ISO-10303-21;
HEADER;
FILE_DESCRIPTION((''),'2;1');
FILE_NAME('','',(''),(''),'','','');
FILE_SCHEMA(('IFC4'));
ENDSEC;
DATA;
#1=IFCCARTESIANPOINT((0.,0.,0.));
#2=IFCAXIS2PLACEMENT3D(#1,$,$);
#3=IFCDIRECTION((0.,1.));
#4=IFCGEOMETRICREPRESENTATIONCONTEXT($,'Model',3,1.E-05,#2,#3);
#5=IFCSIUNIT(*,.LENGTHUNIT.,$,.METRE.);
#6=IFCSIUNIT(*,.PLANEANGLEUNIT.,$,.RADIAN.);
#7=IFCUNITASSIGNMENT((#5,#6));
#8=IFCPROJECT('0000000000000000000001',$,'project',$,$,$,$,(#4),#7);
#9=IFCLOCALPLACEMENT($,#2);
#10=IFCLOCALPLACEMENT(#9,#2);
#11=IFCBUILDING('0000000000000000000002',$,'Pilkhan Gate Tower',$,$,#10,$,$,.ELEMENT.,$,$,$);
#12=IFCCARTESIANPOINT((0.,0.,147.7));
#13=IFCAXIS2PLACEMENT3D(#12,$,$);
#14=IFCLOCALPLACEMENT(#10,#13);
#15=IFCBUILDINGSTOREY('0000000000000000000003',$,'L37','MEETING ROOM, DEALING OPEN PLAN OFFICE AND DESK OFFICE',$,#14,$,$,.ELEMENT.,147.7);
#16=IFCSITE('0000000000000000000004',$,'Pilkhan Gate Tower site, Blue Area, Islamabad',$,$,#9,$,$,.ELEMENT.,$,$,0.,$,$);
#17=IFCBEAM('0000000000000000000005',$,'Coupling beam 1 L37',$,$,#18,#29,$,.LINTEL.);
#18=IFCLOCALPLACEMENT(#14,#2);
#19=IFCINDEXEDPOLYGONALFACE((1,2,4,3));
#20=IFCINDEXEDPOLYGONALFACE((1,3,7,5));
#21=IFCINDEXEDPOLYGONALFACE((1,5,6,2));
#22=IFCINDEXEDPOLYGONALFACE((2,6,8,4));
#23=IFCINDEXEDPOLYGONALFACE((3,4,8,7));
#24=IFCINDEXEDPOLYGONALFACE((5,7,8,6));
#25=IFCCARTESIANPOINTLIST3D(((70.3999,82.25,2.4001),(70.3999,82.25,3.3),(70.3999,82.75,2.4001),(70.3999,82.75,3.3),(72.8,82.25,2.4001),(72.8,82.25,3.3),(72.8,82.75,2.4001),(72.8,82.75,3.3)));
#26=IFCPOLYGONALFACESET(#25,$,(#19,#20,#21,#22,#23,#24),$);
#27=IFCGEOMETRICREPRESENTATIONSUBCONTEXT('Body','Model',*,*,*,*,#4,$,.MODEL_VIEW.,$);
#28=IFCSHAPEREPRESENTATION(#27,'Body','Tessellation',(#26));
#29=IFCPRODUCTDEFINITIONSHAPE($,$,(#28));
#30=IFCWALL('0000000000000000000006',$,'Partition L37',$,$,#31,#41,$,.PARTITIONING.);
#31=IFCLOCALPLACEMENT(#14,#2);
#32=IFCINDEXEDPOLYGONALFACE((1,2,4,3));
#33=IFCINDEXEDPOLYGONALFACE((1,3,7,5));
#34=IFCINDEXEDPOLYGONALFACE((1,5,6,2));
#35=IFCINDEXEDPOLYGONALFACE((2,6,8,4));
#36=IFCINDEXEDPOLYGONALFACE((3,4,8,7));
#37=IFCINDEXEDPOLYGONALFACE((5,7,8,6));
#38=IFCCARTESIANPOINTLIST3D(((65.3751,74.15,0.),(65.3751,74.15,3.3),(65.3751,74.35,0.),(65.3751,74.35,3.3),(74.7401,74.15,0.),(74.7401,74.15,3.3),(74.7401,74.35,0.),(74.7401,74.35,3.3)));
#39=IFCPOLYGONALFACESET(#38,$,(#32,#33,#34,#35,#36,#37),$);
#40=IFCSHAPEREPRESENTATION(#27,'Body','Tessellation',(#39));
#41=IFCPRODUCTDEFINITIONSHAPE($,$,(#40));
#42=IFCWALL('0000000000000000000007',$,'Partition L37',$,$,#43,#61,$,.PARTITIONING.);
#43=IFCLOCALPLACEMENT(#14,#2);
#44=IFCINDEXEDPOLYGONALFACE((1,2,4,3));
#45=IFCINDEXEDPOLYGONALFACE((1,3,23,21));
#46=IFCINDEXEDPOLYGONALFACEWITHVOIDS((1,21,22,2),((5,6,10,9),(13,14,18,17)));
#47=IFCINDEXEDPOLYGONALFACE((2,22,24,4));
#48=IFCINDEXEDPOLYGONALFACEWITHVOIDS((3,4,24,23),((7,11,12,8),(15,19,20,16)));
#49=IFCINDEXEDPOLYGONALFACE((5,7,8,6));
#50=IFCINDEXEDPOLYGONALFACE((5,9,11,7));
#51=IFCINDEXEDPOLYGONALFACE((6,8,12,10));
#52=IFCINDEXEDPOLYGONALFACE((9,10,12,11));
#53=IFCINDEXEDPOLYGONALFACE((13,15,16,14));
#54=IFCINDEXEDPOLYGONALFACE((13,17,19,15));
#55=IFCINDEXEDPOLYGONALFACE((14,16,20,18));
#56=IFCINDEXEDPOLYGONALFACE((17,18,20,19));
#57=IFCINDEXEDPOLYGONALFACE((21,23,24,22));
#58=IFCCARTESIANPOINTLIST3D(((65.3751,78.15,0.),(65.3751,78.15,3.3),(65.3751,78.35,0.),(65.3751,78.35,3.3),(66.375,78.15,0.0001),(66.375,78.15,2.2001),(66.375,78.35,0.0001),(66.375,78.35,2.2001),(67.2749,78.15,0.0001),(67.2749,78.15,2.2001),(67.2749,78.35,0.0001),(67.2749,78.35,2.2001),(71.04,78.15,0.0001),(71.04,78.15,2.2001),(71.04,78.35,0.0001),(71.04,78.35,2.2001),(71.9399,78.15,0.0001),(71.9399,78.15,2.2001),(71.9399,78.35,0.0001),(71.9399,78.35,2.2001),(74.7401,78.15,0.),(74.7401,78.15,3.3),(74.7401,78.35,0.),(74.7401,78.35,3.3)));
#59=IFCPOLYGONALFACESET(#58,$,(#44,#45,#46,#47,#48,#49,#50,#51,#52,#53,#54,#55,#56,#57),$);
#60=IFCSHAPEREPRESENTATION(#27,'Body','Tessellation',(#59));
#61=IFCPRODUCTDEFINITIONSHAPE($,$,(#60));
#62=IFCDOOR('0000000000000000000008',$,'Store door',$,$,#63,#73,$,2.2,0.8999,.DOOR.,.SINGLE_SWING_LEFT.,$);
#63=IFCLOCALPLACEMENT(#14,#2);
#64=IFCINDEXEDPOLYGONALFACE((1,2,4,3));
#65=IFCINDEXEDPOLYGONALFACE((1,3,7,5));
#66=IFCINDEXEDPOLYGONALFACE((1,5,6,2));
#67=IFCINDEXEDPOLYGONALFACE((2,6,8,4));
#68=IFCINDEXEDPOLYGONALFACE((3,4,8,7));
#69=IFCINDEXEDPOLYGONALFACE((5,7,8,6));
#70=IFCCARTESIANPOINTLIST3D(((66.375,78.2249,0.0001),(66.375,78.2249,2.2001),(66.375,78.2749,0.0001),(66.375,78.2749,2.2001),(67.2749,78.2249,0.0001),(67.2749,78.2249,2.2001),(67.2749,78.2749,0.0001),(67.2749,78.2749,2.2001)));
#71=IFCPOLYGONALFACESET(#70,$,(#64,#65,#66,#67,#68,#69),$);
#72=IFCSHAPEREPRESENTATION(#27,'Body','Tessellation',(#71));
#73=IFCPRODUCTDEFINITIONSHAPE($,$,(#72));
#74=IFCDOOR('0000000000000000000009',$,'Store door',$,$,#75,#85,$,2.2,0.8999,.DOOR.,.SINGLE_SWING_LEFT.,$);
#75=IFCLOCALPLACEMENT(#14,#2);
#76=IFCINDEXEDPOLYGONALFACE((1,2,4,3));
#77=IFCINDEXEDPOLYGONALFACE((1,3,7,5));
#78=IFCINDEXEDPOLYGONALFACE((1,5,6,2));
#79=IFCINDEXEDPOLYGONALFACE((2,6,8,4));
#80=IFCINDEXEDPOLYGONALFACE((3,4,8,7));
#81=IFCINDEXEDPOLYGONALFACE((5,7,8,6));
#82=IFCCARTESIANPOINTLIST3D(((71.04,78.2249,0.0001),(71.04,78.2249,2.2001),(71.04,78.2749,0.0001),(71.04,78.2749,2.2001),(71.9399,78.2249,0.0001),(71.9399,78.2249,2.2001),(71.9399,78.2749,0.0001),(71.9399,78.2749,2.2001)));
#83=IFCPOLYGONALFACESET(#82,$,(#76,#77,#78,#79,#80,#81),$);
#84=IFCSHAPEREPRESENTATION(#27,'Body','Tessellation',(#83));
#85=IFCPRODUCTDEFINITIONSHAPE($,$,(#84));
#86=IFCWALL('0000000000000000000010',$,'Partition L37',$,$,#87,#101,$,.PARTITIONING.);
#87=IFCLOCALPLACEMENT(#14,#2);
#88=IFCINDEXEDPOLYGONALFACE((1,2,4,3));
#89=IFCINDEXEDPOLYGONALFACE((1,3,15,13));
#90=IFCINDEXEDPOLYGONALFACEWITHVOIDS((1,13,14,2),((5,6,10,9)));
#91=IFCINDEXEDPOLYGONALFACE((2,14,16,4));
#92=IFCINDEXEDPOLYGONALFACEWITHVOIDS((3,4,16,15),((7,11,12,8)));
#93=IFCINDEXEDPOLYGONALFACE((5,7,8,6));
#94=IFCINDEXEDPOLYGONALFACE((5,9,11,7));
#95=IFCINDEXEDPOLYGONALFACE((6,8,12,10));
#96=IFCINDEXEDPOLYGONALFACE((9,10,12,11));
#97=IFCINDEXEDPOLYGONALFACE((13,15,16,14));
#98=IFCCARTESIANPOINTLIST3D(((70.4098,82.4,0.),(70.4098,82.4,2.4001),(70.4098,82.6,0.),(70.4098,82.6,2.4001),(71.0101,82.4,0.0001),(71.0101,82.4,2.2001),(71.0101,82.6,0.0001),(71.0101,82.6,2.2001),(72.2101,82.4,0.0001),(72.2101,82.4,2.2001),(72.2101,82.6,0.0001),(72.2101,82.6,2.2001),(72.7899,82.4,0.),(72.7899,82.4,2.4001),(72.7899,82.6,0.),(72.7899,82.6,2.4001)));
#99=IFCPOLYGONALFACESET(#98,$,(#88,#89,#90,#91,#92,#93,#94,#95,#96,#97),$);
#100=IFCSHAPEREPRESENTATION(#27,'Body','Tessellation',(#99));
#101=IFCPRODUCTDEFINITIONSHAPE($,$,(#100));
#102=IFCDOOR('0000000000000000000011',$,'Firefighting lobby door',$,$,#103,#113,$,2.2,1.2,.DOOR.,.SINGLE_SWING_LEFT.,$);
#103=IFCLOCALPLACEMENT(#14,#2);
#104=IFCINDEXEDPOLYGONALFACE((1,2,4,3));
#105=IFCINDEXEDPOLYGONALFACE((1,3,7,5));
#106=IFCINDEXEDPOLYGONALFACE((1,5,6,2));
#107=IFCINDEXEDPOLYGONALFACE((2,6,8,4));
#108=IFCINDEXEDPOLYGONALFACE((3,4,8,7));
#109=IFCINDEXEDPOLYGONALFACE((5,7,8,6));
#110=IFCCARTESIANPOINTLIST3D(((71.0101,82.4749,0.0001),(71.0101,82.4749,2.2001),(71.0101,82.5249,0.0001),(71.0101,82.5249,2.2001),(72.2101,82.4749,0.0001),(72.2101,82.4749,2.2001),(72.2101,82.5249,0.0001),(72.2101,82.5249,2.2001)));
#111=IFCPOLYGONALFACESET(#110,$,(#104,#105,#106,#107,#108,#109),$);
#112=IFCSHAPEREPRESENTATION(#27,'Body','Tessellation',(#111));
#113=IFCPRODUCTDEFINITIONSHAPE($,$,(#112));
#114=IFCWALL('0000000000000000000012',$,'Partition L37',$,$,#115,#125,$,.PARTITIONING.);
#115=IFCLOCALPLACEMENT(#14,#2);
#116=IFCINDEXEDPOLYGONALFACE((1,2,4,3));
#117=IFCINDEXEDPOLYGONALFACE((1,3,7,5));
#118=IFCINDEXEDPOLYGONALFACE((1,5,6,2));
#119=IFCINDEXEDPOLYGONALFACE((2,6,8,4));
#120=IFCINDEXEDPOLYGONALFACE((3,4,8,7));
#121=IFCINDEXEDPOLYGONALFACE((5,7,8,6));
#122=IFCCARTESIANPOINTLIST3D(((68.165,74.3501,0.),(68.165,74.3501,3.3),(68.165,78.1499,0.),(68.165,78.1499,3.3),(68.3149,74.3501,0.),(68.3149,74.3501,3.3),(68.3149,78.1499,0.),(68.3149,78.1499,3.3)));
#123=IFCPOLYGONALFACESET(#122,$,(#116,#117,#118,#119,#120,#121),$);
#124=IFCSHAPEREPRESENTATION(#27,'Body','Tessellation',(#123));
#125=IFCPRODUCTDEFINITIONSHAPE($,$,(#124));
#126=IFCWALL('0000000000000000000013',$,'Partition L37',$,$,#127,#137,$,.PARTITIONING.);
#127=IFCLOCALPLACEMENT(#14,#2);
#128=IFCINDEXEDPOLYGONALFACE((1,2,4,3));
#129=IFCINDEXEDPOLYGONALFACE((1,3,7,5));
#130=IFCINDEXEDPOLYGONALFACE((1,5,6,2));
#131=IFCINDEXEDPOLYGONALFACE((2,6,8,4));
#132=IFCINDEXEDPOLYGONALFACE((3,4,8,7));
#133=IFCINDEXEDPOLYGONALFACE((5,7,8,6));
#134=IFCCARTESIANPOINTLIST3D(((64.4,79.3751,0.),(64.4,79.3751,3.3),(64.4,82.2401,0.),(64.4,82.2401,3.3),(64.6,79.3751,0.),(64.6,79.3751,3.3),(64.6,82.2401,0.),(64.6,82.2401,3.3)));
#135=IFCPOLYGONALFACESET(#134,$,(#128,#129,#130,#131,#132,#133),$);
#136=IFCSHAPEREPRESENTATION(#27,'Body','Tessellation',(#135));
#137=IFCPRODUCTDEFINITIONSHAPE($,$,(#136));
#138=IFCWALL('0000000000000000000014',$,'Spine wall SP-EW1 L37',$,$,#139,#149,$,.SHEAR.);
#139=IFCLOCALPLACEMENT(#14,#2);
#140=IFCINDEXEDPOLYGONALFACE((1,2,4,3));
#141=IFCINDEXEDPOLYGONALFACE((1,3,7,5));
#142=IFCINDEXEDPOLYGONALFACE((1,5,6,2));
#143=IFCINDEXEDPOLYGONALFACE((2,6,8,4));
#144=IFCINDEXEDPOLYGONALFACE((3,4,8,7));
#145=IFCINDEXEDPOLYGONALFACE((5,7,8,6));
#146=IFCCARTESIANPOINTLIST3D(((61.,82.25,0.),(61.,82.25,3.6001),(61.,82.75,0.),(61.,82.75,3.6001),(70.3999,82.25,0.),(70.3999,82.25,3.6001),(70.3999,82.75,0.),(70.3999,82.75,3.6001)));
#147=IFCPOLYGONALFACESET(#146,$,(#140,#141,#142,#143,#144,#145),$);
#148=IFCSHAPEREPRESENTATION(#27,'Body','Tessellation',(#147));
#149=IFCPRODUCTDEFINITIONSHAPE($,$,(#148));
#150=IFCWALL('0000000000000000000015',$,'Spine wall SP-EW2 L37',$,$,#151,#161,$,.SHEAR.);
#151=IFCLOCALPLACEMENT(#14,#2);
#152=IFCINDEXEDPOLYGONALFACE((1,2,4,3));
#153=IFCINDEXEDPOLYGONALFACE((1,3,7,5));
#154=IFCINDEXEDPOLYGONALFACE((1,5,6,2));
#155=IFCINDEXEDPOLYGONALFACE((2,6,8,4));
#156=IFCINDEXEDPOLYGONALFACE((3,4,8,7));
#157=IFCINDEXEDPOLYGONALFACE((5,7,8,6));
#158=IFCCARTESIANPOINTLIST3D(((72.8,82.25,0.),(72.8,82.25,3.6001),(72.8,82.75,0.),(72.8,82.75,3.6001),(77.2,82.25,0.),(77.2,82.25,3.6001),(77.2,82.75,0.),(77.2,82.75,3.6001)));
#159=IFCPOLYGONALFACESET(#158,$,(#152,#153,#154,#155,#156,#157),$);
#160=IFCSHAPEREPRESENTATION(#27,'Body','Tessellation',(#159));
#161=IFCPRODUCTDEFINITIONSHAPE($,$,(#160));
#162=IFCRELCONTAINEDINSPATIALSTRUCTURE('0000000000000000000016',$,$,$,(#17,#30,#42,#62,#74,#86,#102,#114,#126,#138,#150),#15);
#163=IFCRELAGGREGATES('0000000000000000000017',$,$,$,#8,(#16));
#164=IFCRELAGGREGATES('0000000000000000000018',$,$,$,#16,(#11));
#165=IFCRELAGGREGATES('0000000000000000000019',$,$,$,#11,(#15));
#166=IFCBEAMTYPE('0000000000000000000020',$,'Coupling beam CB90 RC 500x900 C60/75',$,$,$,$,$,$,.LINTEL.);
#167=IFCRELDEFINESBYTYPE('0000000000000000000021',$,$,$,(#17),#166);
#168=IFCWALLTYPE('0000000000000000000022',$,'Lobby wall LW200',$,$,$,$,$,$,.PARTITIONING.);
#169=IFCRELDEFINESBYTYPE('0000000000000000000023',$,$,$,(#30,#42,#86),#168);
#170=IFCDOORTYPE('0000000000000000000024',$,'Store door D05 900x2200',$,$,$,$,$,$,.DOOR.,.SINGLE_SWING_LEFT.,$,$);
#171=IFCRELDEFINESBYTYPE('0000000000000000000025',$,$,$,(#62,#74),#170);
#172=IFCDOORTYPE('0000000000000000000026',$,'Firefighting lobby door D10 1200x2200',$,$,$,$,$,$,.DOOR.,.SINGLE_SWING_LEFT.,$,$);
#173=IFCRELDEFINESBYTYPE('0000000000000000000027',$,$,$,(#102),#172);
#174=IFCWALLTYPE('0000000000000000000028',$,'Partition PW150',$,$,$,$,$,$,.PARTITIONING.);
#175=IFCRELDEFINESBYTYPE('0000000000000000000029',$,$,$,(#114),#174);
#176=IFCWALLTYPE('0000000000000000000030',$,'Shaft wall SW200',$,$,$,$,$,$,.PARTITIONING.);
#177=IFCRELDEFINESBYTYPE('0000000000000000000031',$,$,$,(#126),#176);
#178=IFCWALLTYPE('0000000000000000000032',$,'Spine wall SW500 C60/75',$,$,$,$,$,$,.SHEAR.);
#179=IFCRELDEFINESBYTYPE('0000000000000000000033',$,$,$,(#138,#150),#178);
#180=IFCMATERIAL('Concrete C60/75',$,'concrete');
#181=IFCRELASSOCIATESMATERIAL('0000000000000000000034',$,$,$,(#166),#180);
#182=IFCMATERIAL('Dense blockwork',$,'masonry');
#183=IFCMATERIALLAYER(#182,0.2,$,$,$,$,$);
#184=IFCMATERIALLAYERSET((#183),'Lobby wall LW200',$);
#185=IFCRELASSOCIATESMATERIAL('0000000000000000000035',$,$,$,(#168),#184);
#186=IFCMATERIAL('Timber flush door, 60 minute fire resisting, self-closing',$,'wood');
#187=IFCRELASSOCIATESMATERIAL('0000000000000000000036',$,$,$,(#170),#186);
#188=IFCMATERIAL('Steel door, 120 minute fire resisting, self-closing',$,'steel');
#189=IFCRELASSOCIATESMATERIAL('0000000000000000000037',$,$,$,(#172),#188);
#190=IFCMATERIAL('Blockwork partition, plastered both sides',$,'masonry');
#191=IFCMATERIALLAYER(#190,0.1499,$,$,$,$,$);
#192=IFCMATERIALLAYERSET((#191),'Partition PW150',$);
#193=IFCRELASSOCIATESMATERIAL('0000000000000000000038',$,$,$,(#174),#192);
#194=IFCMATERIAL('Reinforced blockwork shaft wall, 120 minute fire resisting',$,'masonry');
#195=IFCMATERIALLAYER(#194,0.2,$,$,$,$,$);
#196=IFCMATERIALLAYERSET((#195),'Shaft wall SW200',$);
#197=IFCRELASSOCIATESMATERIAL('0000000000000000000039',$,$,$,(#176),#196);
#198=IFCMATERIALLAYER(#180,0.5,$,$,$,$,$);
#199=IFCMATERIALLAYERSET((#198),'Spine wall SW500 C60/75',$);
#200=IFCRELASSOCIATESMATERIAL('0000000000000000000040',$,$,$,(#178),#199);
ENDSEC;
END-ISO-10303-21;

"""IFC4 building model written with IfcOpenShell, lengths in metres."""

from ifc_helpers import new_model, si_unit, direction, frame, frame_2d, origin, origin_2d, place, context, subcontext, project, spatial, rectangle, extrude, material, layer, layer_set, material_profile, profile_set, type_object, element, fill, save


model = new_model("IFC4")

# Units and contexts
model_context = context("Model", 3, precision=1e-05, world=origin(), true_north=direction((0.0, 1.0)))
body_context = subcontext(model_context, "Body", "Model", "MODEL_VIEW")
ifc_project = project(units=[si_unit("LENGTHUNIT", "METRE"), si_unit("PLANEANGLEUNIT", "RADIAN")], contexts=[model_context])

# Site, building, storey
site_placement = place(None, origin())
site = spatial("IfcSite", under=ifc_project, at=site_placement, Name="Pilkhan Gate Tower site, Blue Area, Islamabad", CompositionType="ELEMENT", RefElevation=0.0)
building_placement = place(site_placement, origin())
building = spatial("IfcBuilding", under=site, at=building_placement, Name="Pilkhan Gate Tower", CompositionType="ELEMENT")
storey_placement = place(building_placement, frame((0.0, 0.0, 147.7)))
storey = spatial("IfcBuildingStorey", under=building, at=storey_placement, Name="L37", Description="MEETING ROOM, DEALING OPEN PLAN OFFICE AND DESK OFFICE", CompositionType="ELEMENT", Elevation=147.7)

# Beam
ifc_material_1 = material(Name="Concrete C60/75", Category="concrete")
ifc_material_profile = material_profile(ifc_material_1, rectangle(XDim=0.5, YDim=0.8999, at=origin_2d()), Name="RC 500x900")
ifc_profile_set = profile_set([ifc_material_profile], Name="Concrete C60/75")
beam_type = type_object("IfcBeamType", Name="Coupling beam CB90 RC 500x900 C60/75", PredefinedType="LINTEL", material=ifc_profile_set)
beam_placement = place(storey_placement, frame((70.3999, 82.5, 2.8501), z_axis=(1.0, 0.0, 0.0), x_axis=(0.0, 1.0, 0.0)))
element("IfcBeam", 1, at=beam_placement, inside=storey, type_object=beam_type, Name="Coupling beam 1 L37", PredefinedType="LINTEL", context=body_context, shape_type="SweptSolid", body=[
    extrude(rectangle(XDim=0.5, YDim=0.8999, at=origin_2d()), origin(), (0.0, 0.0, 1.0), 2.4001),
])

# Wall
ifc_material_2 = material(Name="Dense blockwork", Category="masonry")
ifc_layer_1 = layer(ifc_material_2, 0.2)
ifc_layer_set_1 = layer_set([ifc_layer_1], Name="Lobby wall LW200")
wall_type_1 = type_object("IfcWallType", Name="Lobby wall LW200", PredefinedType="PARTITIONING", material=ifc_layer_set_1)
wall_1_placement = place(storey_placement, frame((65.375, 74.25, 0.0), z_axis=(0.0, 0.0, 1.0), x_axis=(1.0, 0.0, 0.0)))
element("IfcWall", 2, at=wall_1_placement, inside=storey, type_object=wall_type_1, Name="Partition L37", PredefinedType="PARTITIONING", context=body_context, shape_type="SweptSolid", body=[
    extrude(rectangle(XDim=9.365, YDim=0.2, at=frame_2d((4.6826, 0.0))), origin(), (0.0, 0.0, 1.0), 3.3),
])

# Wall, openings, doors
wall_2_placement = place(storey_placement, frame((65.375, 78.25, 0.0), z_axis=(0.0, 0.0, 1.0), x_axis=(1.0, 0.0, 0.0)))
wall_2 = element("IfcWall", 3, at=wall_2_placement, inside=storey, type_object=wall_type_1, Name="Partition L37", PredefinedType="PARTITIONING", context=body_context, shape_type="SweptSolid", body=[
    extrude(rectangle(XDim=9.365, YDim=0.2, at=frame_2d((4.6826, 0.0))), origin(), (0.0, 0.0, 1.0), 3.3),
])
opening_1_placement = place(wall_2_placement, frame((1.0, 0.0, 0.0)))
opening_1 = element("IfcOpeningElement", 4, at=opening_1_placement, cuts=wall_2, PredefinedType="OPENING", context=body_context, shape_type="SweptSolid", body=[
    extrude(rectangle(XDim=0.8999, YDim=2.2, at=frame_2d((0.45, 1.1001))), frame((0.0, 0.1099, 0.0), z_axis=(0.0, -1.0, 0.0), x_axis=(1.0, 0.0, 0.0)), (0.0, 0.0, 1.0), 0.22),
])
opening_2_placement = place(wall_2_placement, frame((5.665, 0.0, 0.0)))
opening_2 = element("IfcOpeningElement", 5, at=opening_2_placement, cuts=wall_2, PredefinedType="OPENING", context=body_context, shape_type="SweptSolid", body=[
    extrude(rectangle(XDim=0.8999, YDim=2.2, at=frame_2d((0.45, 1.1001))), frame((0.0, 0.1099, 0.0), z_axis=(0.0, -1.0, 0.0), x_axis=(1.0, 0.0, 0.0)), (0.0, 0.0, 1.0), 0.22),
])
ifc_material_3 = material(Name="Timber flush door, 60 minute fire resisting, self-closing", Category="wood")
door_type_1 = type_object("IfcDoorType", Name="Store door D05 900x2200", OperationType="SINGLE_SWING_LEFT", PredefinedType="DOOR", material=ifc_material_3)
door_1_placement = place(opening_1_placement, origin())
door_1 = element("IfcDoor", 6, at=door_1_placement, inside=storey, type_object=door_type_1, Name="Store door", OperationType="SINGLE_SWING_LEFT", OverallHeight=2.2, OverallWidth=0.8999, PredefinedType="DOOR", context=body_context, shape_type="SweptSolid", body=[
    extrude(rectangle(XDim=0.8999, YDim=2.2, at=frame_2d((0.45, 1.1001))), frame((0.0, 0.0249, 0.0), z_axis=(0.0, -1.0, 0.0), x_axis=(1.0, 0.0, 0.0)), (0.0, 0.0, 1.0), 0.05),
])
fill(opening_1, door_1)
door_2_placement = place(opening_2_placement, origin())
door_2 = element("IfcDoor", 7, at=door_2_placement, inside=storey, type_object=door_type_1, Name="Store door", OperationType="SINGLE_SWING_LEFT", OverallHeight=2.2, OverallWidth=0.8999, PredefinedType="DOOR", context=body_context, shape_type="SweptSolid", body=[
    extrude(rectangle(XDim=0.8999, YDim=2.2, at=frame_2d((0.45, 1.1001))), frame((0.0, 0.0249, 0.0), z_axis=(0.0, -1.0, 0.0), x_axis=(1.0, 0.0, 0.0)), (0.0, 0.0, 1.0), 0.05),
])
fill(opening_2, door_2)

# Wall, opening, door
wall_3_placement = place(storey_placement, frame((70.4099, 82.5, 0.0), z_axis=(0.0, 0.0, 1.0), x_axis=(1.0, 0.0, 0.0)))
wall_3 = element("IfcWall", 8, at=wall_3_placement, inside=storey, type_object=wall_type_1, Name="Partition L37", PredefinedType="PARTITIONING", context=body_context, shape_type="SweptSolid", body=[
    extrude(rectangle(XDim=2.3801, YDim=0.2, at=frame_2d((1.1899, 0.0))), origin(), (0.0, 0.0, 1.0), 2.4001),
])
opening_3_placement = place(wall_3_placement, frame((0.6001, 0.0, 0.0)))
opening_3 = element("IfcOpeningElement", 9, at=opening_3_placement, cuts=wall_3, PredefinedType="OPENING", context=body_context, shape_type="SweptSolid", body=[
    extrude(rectangle(XDim=1.2, YDim=2.2, at=frame_2d((0.6001, 1.1001))), frame((0.0, 0.1099, 0.0), z_axis=(0.0, -1.0, 0.0), x_axis=(1.0, 0.0, 0.0)), (0.0, 0.0, 1.0), 0.22),
])
ifc_material_4 = material(Name="Steel door, 120 minute fire resisting, self-closing", Category="steel")
door_type_2 = type_object("IfcDoorType", Name="Firefighting lobby door D10 1200x2200", OperationType="SINGLE_SWING_LEFT", PredefinedType="DOOR", material=ifc_material_4)
door_3_placement = place(opening_3_placement, origin())
door_3 = element("IfcDoor", 10, at=door_3_placement, inside=storey, type_object=door_type_2, Name="Firefighting lobby door", OperationType="SINGLE_SWING_LEFT", OverallHeight=2.2, OverallWidth=1.2, PredefinedType="DOOR", context=body_context, shape_type="SweptSolid", body=[
    extrude(rectangle(XDim=1.2, YDim=2.2, at=frame_2d((0.6001, 1.1001))), frame((0.0, 0.0249, 0.0), z_axis=(0.0, -1.0, 0.0), x_axis=(1.0, 0.0, 0.0)), (0.0, 0.0, 1.0), 0.05),
])
fill(opening_3, door_3)

# Walls
ifc_material_5 = material(Name="Blockwork partition, plastered both sides", Category="masonry")
ifc_layer_2 = layer(ifc_material_5, 0.1499)
ifc_layer_set_2 = layer_set([ifc_layer_2], Name="Partition PW150")
wall_type_2 = type_object("IfcWallType", Name="Partition PW150", PredefinedType="PARTITIONING", material=ifc_layer_set_2)
wall_4_placement = place(storey_placement, frame((68.24, 74.3501, 0.0), z_axis=(0.0, 0.0, 1.0), x_axis=(0.0, 1.0, 0.0)))
element("IfcWall", 11, at=wall_4_placement, inside=storey, type_object=wall_type_2, Name="Partition L37", PredefinedType="PARTITIONING", context=body_context, shape_type="SweptSolid", body=[
    extrude(rectangle(XDim=3.7998, YDim=0.1499, at=frame_2d((1.8999, 0.0))), origin(), (0.0, 0.0, 1.0), 3.3),
])
ifc_material_6 = material(Name="Reinforced blockwork shaft wall, 120 minute fire resisting", Category="masonry")
ifc_layer_3 = layer(ifc_material_6, 0.2)
ifc_layer_set_3 = layer_set([ifc_layer_3], Name="Shaft wall SW200")
wall_type_3 = type_object("IfcWallType", Name="Shaft wall SW200", PredefinedType="PARTITIONING", material=ifc_layer_set_3)
wall_5_placement = place(storey_placement, frame((64.5, 79.375, 0.0), z_axis=(0.0, 0.0, 1.0), x_axis=(0.0, 1.0, 0.0)))
element("IfcWall", 12, at=wall_5_placement, inside=storey, type_object=wall_type_3, Name="Partition L37", PredefinedType="PARTITIONING", context=body_context, shape_type="SweptSolid", body=[
    extrude(rectangle(XDim=2.865, YDim=0.2, at=frame_2d((1.4326, 0.0))), origin(), (0.0, 0.0, 1.0), 3.3),
])
ifc_layer_4 = layer(ifc_material_1, 0.5)
ifc_layer_set_4 = layer_set([ifc_layer_4], Name="Spine wall SW500 C60/75")
wall_type_4 = type_object("IfcWallType", Name="Spine wall SW500 C60/75", PredefinedType="SHEAR", material=ifc_layer_set_4)
wall_6_placement = place(storey_placement, frame((61.0, 82.5, 0.0), z_axis=(0.0, 0.0, 1.0), x_axis=(1.0, 0.0, 0.0)))
element("IfcWall", 13, at=wall_6_placement, inside=storey, type_object=wall_type_4, Name="Spine wall SP-EW1 L37", PredefinedType="SHEAR", context=body_context, shape_type="SweptSolid", body=[
    extrude(rectangle(XDim=9.3999, YDim=0.5, at=frame_2d((4.7, 0.0))), origin(), (0.0, 0.0, 1.0), 3.6001),
])
wall_7_placement = place(storey_placement, frame((72.8, 82.5, 0.0), z_axis=(0.0, 0.0, 1.0), x_axis=(1.0, 0.0, 0.0)))
element("IfcWall", 14, at=wall_7_placement, inside=storey, type_object=wall_type_4, Name="Spine wall SP-EW2 L37", PredefinedType="SHEAR", context=body_context, shape_type="SweptSolid", body=[
    extrude(rectangle(XDim=4.3999, YDim=0.5, at=frame_2d((2.2, 0.0))), origin(), (0.0, 0.0, 1.0), 3.6001),
])

save(model, "model.ifc")
